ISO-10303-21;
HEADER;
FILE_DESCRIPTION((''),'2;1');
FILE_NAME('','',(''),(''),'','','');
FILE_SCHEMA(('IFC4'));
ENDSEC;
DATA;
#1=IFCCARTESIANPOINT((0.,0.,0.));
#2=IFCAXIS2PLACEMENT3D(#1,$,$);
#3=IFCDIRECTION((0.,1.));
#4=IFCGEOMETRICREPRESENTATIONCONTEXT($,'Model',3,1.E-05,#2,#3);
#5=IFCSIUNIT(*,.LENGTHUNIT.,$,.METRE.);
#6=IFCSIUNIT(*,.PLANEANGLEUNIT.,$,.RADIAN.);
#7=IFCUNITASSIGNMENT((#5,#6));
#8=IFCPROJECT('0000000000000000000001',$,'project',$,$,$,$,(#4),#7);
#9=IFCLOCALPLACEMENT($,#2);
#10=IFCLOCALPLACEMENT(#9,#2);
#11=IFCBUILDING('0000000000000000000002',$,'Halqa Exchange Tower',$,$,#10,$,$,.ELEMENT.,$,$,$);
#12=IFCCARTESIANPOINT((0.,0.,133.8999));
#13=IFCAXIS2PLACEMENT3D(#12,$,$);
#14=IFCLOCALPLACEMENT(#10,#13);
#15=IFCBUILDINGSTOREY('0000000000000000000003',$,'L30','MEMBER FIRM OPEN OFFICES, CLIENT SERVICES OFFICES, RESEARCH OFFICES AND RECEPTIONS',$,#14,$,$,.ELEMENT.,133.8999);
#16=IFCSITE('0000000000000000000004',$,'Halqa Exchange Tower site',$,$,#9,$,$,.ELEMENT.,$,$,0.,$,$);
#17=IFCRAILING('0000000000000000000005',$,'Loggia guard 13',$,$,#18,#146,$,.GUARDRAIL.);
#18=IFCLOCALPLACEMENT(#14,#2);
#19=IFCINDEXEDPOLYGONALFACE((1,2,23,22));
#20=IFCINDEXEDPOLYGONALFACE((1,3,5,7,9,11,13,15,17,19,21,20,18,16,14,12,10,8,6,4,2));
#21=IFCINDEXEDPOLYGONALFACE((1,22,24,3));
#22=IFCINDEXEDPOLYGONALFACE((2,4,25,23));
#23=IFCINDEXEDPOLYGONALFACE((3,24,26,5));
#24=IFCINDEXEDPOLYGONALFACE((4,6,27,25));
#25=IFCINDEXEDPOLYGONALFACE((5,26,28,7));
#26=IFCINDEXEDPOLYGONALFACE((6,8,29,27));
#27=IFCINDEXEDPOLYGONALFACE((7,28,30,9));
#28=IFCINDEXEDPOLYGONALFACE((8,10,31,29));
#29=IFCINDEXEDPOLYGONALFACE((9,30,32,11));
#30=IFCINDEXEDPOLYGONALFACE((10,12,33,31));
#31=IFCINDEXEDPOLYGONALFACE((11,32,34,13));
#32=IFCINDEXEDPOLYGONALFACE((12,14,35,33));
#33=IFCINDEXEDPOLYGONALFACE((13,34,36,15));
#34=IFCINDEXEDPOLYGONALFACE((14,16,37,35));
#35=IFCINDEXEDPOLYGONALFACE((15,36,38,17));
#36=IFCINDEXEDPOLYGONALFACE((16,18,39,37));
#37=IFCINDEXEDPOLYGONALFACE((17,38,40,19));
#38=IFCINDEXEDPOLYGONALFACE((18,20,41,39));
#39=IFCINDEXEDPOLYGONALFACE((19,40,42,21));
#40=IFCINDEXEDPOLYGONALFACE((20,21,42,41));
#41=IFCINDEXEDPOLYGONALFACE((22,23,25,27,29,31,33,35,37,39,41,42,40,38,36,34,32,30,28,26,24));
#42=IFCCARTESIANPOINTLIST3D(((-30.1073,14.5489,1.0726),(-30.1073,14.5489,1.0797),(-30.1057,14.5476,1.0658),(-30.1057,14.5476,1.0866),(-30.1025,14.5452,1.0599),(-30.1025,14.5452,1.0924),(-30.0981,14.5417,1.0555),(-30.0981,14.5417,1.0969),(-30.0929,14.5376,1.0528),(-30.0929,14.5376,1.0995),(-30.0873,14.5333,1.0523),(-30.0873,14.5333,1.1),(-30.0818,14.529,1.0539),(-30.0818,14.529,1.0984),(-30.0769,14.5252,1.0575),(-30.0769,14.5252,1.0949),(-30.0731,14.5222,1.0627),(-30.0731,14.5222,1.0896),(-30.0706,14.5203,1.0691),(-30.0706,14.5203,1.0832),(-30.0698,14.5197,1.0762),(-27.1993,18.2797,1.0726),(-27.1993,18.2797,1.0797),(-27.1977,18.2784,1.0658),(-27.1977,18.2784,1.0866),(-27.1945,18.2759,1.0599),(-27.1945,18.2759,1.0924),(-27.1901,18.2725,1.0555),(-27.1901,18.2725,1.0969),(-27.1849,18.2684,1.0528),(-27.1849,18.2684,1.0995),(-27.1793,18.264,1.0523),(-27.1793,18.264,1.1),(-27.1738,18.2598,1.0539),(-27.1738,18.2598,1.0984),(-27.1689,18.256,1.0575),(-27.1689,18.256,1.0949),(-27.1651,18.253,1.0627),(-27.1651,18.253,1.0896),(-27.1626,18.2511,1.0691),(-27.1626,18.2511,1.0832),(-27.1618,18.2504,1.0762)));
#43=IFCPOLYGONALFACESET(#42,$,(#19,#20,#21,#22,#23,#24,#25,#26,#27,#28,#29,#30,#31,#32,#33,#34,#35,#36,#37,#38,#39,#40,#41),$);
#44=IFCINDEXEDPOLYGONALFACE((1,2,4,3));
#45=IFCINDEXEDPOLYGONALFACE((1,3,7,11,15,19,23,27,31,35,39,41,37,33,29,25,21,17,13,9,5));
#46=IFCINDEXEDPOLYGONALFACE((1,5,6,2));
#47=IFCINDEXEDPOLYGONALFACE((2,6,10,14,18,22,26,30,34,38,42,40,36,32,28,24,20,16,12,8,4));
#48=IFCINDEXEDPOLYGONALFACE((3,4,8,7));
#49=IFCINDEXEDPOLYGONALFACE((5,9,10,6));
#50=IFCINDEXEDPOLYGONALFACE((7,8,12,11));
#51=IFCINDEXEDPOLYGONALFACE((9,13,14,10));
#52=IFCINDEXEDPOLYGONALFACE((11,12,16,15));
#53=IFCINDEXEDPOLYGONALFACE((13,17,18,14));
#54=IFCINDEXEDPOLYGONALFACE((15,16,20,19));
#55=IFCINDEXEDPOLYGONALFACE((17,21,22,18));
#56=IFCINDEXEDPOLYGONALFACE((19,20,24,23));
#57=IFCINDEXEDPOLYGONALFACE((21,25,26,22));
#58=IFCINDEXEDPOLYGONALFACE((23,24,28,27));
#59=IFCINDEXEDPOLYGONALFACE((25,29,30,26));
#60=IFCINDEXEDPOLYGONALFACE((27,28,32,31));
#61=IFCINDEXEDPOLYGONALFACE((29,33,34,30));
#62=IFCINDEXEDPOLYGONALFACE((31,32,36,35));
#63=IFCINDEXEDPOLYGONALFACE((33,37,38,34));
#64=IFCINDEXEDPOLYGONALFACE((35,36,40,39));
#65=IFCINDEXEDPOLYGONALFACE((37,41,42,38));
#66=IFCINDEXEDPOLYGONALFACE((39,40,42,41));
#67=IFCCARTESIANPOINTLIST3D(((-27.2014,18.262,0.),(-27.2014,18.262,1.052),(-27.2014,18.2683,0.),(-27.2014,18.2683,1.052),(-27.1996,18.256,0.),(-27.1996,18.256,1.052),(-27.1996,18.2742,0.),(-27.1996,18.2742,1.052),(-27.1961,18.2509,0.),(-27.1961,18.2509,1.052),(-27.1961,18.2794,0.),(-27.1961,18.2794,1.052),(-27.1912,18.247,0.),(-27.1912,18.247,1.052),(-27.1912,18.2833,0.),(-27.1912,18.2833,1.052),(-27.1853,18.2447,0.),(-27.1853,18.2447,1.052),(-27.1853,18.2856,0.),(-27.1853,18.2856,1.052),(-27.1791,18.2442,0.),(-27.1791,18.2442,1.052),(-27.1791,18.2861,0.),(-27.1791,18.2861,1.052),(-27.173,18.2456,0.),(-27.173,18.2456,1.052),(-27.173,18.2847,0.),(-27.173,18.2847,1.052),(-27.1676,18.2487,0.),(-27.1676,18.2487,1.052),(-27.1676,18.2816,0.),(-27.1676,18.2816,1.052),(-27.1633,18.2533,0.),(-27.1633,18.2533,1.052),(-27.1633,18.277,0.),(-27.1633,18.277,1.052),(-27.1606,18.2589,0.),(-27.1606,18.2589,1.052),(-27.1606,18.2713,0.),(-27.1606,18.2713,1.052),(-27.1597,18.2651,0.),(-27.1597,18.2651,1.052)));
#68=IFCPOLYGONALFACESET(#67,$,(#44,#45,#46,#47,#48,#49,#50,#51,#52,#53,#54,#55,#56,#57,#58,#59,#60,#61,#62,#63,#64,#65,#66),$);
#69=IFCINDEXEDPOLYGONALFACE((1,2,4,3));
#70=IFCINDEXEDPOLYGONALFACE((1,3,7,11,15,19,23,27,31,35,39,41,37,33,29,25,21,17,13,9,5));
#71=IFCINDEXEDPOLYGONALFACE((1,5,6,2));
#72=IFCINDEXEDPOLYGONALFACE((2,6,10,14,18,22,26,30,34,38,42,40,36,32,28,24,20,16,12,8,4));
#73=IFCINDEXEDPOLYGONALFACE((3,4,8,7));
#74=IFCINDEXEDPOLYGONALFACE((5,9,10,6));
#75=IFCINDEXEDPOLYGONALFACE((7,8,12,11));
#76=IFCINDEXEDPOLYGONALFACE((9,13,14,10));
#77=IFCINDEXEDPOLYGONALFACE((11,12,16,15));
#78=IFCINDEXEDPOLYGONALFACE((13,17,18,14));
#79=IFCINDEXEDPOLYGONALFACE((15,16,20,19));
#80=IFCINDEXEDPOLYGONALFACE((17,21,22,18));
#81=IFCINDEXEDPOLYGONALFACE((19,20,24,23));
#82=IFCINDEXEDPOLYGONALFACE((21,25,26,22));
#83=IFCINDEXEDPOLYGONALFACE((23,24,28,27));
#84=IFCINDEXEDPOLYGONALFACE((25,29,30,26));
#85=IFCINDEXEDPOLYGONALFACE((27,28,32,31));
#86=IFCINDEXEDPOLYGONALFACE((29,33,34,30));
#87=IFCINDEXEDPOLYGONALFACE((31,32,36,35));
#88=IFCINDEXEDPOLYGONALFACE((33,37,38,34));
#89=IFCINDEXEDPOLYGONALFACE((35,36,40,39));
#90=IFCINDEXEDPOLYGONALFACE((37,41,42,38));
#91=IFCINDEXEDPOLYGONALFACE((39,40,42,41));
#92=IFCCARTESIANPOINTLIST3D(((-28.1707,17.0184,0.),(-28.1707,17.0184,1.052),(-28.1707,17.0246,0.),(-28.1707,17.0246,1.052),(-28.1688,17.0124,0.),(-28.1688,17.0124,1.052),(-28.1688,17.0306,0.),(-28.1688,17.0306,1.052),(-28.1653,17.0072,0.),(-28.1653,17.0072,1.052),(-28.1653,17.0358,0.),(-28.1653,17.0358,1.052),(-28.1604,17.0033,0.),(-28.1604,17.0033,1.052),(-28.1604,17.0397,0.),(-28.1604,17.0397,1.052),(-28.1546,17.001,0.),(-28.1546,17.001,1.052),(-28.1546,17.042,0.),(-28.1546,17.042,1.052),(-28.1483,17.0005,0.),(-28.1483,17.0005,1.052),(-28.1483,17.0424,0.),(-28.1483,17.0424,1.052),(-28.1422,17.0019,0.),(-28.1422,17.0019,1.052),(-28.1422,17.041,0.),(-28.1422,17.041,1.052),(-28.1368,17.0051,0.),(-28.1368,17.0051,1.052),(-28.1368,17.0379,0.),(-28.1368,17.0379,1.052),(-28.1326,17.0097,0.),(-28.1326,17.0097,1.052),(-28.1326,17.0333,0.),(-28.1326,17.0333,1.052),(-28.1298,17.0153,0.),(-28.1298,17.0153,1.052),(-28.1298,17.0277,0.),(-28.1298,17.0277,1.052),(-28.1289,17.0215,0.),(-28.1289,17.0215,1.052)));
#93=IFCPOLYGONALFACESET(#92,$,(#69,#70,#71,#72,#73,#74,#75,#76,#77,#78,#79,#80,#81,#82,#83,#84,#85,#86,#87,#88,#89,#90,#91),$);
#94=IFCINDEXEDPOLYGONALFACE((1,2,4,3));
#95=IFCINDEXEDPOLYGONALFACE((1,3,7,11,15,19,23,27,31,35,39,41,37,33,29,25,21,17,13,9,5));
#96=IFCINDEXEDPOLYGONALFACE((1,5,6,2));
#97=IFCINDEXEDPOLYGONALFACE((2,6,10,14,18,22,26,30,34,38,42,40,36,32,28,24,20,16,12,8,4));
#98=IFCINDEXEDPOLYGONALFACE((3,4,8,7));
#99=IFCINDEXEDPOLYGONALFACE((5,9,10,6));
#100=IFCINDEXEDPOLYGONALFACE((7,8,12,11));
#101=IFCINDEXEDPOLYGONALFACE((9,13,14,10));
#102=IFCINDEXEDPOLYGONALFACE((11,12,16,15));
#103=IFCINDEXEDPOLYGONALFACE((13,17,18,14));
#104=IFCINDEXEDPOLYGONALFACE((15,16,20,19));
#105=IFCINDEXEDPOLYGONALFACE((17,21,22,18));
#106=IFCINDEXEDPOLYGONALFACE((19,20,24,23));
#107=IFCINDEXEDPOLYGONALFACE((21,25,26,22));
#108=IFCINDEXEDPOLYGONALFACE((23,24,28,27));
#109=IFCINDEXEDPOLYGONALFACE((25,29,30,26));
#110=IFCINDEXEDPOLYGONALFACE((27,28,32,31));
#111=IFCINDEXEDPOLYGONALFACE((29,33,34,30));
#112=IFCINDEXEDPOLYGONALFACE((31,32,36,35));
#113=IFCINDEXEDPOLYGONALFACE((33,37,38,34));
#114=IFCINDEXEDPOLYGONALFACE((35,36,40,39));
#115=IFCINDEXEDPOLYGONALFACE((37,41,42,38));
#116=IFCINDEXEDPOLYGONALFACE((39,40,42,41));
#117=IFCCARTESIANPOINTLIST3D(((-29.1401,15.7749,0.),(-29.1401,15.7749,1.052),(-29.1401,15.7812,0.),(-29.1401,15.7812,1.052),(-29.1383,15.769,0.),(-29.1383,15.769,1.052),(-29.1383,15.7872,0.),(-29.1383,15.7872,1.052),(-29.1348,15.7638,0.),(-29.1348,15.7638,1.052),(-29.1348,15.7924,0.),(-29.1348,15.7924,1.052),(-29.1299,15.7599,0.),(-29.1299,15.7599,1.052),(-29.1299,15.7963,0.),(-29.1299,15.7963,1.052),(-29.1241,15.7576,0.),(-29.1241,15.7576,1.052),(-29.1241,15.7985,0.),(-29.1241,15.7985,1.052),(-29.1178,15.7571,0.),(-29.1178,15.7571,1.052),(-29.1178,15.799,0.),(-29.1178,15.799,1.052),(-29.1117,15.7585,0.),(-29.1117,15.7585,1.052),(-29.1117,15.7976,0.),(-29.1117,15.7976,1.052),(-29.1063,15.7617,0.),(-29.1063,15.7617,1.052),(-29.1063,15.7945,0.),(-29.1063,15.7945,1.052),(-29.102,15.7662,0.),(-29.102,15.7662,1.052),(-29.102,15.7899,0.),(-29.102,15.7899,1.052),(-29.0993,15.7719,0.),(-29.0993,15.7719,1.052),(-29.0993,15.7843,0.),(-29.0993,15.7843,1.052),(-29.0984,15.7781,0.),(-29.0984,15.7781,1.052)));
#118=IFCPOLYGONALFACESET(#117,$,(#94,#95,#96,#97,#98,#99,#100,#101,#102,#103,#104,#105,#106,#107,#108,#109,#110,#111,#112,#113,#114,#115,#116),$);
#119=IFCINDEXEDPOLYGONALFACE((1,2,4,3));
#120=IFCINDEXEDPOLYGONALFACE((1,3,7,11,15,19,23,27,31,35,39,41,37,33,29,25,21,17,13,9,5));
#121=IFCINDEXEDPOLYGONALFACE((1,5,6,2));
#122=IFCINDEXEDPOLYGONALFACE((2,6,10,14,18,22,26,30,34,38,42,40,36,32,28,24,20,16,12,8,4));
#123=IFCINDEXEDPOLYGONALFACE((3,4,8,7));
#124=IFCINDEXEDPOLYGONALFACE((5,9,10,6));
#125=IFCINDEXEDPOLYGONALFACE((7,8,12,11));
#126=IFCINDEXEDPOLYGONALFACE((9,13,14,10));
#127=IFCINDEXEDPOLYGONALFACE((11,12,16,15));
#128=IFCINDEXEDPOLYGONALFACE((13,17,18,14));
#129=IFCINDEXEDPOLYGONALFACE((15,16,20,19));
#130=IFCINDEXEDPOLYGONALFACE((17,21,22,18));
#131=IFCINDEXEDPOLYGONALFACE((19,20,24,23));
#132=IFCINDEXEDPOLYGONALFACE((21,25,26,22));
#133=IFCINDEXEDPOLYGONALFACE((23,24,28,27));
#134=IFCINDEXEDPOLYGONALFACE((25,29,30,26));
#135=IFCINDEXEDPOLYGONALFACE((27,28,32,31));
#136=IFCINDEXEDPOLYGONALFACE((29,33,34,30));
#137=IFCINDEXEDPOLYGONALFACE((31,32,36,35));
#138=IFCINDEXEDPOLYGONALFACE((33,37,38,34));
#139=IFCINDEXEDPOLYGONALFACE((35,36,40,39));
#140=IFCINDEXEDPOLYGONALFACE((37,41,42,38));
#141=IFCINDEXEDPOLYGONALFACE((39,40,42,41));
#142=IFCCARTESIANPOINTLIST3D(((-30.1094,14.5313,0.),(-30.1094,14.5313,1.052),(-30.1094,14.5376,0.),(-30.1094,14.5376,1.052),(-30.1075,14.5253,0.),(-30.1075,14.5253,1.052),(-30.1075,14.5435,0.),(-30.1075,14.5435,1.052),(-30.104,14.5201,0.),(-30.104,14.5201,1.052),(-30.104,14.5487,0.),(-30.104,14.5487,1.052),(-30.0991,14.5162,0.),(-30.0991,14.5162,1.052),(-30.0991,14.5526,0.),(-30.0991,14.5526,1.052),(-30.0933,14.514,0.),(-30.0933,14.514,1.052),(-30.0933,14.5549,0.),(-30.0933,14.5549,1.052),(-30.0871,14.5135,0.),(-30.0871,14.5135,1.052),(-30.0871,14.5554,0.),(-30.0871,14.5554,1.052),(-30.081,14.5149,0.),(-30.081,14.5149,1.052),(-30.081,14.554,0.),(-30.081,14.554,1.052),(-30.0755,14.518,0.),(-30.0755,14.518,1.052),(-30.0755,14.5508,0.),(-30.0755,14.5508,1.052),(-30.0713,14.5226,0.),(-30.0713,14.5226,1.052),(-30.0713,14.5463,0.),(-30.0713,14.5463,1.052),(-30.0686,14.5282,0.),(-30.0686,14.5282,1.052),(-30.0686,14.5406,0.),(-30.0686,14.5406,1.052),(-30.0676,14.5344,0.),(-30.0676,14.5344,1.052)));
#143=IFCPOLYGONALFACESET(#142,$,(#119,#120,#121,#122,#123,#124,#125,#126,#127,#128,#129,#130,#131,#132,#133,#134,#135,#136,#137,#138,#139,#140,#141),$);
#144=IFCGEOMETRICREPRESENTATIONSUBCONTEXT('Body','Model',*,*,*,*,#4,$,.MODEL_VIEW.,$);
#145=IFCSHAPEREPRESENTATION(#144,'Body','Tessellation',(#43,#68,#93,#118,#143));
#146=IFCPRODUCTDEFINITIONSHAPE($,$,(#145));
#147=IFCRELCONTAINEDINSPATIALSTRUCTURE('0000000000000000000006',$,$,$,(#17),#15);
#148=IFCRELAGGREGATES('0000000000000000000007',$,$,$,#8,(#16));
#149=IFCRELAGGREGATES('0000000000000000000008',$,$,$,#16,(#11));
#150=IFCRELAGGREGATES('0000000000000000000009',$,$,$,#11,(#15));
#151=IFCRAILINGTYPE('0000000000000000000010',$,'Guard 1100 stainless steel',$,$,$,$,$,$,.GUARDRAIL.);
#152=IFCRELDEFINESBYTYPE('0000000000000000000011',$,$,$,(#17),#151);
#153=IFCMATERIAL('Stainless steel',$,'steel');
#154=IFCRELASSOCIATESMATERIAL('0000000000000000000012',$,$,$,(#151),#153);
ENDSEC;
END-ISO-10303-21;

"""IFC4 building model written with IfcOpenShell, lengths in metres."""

from ifc_helpers import new_model, si_unit, direction, frame, origin, origin_2d, place, context, subcontext, project, spatial, circle, extrude, material, type_object, element, save


model = new_model("IFC4")

# Units and contexts
model_context = context("Model", 3, precision=1e-05, world=origin(), true_north=direction((0.0, 1.0)))
body_context = subcontext(model_context, "Body", "Model", "MODEL_VIEW")
ifc_project = project(units=[si_unit("LENGTHUNIT", "METRE"), si_unit("PLANEANGLEUNIT", "RADIAN")], contexts=[model_context])

# Site, building, storey
site_placement = place(None, origin())
site = spatial("IfcSite", under=ifc_project, at=site_placement, Name="Halqa Exchange Tower site", CompositionType="ELEMENT", RefElevation=0.0)
building_placement = place(site_placement, origin())
building = spatial("IfcBuilding", under=site, at=building_placement, Name="Halqa Exchange Tower", CompositionType="ELEMENT")
storey_placement = place(building_placement, frame((0.0, 0.0, 133.8999)))
storey = spatial("IfcBuildingStorey", under=building, at=storey_placement, Name="L30", Description="MEMBER FIRM OPEN OFFICES, CLIENT SERVICES OFFICES, RESEARCH OFFICES AND RECEPTIONS", CompositionType="ELEMENT", Elevation=133.8999)

# Railing
ifc_material_1 = material(Name="Stainless steel", Category="steel")
railing_type = type_object("IfcRailingType", Name="Guard 1100 stainless steel", PredefinedType="GUARDRAIL", material=ifc_material_1)
railing_1_placement = place(storey_placement, frame((-27.1807, 18.2651, 0.0)))
element("IfcRailing", 1, at=railing_1_placement, inside=storey, type_object=railing_type, Name="Loggia guard 13", PredefinedType="GUARDRAIL", context=body_context, shape_type="SweptSolid", body=[
    extrude(circle(Radius=0.0239, at=origin_2d()), frame((0.0, 0.0, 1.0762), z_axis=(-0.614769, -0.788707, 0.0), x_axis=(0.788707, -0.614769, 0.0)), (0.0, 0.0, 1.0), 4.7302),
    extrude(circle(Radius=0.021, at=origin_2d()), origin(), (0.0, 0.0, 1.0), 1.052),
    extrude(circle(Radius=0.021, at=origin_2d()), frame((-0.9692, -1.2437, 0.0)), (0.0, 0.0, 1.0), 1.052),
    extrude(circle(Radius=0.021, at=origin_2d()), frame((-1.9387, -2.4871, 0.0)), (0.0, 0.0, 1.0), 1.052),
    extrude(circle(Radius=0.021, at=origin_2d()), frame((-2.908, -3.7307, 0.0)), (0.0, 0.0, 1.0), 1.052),
])

save(model, "model.ifc")
